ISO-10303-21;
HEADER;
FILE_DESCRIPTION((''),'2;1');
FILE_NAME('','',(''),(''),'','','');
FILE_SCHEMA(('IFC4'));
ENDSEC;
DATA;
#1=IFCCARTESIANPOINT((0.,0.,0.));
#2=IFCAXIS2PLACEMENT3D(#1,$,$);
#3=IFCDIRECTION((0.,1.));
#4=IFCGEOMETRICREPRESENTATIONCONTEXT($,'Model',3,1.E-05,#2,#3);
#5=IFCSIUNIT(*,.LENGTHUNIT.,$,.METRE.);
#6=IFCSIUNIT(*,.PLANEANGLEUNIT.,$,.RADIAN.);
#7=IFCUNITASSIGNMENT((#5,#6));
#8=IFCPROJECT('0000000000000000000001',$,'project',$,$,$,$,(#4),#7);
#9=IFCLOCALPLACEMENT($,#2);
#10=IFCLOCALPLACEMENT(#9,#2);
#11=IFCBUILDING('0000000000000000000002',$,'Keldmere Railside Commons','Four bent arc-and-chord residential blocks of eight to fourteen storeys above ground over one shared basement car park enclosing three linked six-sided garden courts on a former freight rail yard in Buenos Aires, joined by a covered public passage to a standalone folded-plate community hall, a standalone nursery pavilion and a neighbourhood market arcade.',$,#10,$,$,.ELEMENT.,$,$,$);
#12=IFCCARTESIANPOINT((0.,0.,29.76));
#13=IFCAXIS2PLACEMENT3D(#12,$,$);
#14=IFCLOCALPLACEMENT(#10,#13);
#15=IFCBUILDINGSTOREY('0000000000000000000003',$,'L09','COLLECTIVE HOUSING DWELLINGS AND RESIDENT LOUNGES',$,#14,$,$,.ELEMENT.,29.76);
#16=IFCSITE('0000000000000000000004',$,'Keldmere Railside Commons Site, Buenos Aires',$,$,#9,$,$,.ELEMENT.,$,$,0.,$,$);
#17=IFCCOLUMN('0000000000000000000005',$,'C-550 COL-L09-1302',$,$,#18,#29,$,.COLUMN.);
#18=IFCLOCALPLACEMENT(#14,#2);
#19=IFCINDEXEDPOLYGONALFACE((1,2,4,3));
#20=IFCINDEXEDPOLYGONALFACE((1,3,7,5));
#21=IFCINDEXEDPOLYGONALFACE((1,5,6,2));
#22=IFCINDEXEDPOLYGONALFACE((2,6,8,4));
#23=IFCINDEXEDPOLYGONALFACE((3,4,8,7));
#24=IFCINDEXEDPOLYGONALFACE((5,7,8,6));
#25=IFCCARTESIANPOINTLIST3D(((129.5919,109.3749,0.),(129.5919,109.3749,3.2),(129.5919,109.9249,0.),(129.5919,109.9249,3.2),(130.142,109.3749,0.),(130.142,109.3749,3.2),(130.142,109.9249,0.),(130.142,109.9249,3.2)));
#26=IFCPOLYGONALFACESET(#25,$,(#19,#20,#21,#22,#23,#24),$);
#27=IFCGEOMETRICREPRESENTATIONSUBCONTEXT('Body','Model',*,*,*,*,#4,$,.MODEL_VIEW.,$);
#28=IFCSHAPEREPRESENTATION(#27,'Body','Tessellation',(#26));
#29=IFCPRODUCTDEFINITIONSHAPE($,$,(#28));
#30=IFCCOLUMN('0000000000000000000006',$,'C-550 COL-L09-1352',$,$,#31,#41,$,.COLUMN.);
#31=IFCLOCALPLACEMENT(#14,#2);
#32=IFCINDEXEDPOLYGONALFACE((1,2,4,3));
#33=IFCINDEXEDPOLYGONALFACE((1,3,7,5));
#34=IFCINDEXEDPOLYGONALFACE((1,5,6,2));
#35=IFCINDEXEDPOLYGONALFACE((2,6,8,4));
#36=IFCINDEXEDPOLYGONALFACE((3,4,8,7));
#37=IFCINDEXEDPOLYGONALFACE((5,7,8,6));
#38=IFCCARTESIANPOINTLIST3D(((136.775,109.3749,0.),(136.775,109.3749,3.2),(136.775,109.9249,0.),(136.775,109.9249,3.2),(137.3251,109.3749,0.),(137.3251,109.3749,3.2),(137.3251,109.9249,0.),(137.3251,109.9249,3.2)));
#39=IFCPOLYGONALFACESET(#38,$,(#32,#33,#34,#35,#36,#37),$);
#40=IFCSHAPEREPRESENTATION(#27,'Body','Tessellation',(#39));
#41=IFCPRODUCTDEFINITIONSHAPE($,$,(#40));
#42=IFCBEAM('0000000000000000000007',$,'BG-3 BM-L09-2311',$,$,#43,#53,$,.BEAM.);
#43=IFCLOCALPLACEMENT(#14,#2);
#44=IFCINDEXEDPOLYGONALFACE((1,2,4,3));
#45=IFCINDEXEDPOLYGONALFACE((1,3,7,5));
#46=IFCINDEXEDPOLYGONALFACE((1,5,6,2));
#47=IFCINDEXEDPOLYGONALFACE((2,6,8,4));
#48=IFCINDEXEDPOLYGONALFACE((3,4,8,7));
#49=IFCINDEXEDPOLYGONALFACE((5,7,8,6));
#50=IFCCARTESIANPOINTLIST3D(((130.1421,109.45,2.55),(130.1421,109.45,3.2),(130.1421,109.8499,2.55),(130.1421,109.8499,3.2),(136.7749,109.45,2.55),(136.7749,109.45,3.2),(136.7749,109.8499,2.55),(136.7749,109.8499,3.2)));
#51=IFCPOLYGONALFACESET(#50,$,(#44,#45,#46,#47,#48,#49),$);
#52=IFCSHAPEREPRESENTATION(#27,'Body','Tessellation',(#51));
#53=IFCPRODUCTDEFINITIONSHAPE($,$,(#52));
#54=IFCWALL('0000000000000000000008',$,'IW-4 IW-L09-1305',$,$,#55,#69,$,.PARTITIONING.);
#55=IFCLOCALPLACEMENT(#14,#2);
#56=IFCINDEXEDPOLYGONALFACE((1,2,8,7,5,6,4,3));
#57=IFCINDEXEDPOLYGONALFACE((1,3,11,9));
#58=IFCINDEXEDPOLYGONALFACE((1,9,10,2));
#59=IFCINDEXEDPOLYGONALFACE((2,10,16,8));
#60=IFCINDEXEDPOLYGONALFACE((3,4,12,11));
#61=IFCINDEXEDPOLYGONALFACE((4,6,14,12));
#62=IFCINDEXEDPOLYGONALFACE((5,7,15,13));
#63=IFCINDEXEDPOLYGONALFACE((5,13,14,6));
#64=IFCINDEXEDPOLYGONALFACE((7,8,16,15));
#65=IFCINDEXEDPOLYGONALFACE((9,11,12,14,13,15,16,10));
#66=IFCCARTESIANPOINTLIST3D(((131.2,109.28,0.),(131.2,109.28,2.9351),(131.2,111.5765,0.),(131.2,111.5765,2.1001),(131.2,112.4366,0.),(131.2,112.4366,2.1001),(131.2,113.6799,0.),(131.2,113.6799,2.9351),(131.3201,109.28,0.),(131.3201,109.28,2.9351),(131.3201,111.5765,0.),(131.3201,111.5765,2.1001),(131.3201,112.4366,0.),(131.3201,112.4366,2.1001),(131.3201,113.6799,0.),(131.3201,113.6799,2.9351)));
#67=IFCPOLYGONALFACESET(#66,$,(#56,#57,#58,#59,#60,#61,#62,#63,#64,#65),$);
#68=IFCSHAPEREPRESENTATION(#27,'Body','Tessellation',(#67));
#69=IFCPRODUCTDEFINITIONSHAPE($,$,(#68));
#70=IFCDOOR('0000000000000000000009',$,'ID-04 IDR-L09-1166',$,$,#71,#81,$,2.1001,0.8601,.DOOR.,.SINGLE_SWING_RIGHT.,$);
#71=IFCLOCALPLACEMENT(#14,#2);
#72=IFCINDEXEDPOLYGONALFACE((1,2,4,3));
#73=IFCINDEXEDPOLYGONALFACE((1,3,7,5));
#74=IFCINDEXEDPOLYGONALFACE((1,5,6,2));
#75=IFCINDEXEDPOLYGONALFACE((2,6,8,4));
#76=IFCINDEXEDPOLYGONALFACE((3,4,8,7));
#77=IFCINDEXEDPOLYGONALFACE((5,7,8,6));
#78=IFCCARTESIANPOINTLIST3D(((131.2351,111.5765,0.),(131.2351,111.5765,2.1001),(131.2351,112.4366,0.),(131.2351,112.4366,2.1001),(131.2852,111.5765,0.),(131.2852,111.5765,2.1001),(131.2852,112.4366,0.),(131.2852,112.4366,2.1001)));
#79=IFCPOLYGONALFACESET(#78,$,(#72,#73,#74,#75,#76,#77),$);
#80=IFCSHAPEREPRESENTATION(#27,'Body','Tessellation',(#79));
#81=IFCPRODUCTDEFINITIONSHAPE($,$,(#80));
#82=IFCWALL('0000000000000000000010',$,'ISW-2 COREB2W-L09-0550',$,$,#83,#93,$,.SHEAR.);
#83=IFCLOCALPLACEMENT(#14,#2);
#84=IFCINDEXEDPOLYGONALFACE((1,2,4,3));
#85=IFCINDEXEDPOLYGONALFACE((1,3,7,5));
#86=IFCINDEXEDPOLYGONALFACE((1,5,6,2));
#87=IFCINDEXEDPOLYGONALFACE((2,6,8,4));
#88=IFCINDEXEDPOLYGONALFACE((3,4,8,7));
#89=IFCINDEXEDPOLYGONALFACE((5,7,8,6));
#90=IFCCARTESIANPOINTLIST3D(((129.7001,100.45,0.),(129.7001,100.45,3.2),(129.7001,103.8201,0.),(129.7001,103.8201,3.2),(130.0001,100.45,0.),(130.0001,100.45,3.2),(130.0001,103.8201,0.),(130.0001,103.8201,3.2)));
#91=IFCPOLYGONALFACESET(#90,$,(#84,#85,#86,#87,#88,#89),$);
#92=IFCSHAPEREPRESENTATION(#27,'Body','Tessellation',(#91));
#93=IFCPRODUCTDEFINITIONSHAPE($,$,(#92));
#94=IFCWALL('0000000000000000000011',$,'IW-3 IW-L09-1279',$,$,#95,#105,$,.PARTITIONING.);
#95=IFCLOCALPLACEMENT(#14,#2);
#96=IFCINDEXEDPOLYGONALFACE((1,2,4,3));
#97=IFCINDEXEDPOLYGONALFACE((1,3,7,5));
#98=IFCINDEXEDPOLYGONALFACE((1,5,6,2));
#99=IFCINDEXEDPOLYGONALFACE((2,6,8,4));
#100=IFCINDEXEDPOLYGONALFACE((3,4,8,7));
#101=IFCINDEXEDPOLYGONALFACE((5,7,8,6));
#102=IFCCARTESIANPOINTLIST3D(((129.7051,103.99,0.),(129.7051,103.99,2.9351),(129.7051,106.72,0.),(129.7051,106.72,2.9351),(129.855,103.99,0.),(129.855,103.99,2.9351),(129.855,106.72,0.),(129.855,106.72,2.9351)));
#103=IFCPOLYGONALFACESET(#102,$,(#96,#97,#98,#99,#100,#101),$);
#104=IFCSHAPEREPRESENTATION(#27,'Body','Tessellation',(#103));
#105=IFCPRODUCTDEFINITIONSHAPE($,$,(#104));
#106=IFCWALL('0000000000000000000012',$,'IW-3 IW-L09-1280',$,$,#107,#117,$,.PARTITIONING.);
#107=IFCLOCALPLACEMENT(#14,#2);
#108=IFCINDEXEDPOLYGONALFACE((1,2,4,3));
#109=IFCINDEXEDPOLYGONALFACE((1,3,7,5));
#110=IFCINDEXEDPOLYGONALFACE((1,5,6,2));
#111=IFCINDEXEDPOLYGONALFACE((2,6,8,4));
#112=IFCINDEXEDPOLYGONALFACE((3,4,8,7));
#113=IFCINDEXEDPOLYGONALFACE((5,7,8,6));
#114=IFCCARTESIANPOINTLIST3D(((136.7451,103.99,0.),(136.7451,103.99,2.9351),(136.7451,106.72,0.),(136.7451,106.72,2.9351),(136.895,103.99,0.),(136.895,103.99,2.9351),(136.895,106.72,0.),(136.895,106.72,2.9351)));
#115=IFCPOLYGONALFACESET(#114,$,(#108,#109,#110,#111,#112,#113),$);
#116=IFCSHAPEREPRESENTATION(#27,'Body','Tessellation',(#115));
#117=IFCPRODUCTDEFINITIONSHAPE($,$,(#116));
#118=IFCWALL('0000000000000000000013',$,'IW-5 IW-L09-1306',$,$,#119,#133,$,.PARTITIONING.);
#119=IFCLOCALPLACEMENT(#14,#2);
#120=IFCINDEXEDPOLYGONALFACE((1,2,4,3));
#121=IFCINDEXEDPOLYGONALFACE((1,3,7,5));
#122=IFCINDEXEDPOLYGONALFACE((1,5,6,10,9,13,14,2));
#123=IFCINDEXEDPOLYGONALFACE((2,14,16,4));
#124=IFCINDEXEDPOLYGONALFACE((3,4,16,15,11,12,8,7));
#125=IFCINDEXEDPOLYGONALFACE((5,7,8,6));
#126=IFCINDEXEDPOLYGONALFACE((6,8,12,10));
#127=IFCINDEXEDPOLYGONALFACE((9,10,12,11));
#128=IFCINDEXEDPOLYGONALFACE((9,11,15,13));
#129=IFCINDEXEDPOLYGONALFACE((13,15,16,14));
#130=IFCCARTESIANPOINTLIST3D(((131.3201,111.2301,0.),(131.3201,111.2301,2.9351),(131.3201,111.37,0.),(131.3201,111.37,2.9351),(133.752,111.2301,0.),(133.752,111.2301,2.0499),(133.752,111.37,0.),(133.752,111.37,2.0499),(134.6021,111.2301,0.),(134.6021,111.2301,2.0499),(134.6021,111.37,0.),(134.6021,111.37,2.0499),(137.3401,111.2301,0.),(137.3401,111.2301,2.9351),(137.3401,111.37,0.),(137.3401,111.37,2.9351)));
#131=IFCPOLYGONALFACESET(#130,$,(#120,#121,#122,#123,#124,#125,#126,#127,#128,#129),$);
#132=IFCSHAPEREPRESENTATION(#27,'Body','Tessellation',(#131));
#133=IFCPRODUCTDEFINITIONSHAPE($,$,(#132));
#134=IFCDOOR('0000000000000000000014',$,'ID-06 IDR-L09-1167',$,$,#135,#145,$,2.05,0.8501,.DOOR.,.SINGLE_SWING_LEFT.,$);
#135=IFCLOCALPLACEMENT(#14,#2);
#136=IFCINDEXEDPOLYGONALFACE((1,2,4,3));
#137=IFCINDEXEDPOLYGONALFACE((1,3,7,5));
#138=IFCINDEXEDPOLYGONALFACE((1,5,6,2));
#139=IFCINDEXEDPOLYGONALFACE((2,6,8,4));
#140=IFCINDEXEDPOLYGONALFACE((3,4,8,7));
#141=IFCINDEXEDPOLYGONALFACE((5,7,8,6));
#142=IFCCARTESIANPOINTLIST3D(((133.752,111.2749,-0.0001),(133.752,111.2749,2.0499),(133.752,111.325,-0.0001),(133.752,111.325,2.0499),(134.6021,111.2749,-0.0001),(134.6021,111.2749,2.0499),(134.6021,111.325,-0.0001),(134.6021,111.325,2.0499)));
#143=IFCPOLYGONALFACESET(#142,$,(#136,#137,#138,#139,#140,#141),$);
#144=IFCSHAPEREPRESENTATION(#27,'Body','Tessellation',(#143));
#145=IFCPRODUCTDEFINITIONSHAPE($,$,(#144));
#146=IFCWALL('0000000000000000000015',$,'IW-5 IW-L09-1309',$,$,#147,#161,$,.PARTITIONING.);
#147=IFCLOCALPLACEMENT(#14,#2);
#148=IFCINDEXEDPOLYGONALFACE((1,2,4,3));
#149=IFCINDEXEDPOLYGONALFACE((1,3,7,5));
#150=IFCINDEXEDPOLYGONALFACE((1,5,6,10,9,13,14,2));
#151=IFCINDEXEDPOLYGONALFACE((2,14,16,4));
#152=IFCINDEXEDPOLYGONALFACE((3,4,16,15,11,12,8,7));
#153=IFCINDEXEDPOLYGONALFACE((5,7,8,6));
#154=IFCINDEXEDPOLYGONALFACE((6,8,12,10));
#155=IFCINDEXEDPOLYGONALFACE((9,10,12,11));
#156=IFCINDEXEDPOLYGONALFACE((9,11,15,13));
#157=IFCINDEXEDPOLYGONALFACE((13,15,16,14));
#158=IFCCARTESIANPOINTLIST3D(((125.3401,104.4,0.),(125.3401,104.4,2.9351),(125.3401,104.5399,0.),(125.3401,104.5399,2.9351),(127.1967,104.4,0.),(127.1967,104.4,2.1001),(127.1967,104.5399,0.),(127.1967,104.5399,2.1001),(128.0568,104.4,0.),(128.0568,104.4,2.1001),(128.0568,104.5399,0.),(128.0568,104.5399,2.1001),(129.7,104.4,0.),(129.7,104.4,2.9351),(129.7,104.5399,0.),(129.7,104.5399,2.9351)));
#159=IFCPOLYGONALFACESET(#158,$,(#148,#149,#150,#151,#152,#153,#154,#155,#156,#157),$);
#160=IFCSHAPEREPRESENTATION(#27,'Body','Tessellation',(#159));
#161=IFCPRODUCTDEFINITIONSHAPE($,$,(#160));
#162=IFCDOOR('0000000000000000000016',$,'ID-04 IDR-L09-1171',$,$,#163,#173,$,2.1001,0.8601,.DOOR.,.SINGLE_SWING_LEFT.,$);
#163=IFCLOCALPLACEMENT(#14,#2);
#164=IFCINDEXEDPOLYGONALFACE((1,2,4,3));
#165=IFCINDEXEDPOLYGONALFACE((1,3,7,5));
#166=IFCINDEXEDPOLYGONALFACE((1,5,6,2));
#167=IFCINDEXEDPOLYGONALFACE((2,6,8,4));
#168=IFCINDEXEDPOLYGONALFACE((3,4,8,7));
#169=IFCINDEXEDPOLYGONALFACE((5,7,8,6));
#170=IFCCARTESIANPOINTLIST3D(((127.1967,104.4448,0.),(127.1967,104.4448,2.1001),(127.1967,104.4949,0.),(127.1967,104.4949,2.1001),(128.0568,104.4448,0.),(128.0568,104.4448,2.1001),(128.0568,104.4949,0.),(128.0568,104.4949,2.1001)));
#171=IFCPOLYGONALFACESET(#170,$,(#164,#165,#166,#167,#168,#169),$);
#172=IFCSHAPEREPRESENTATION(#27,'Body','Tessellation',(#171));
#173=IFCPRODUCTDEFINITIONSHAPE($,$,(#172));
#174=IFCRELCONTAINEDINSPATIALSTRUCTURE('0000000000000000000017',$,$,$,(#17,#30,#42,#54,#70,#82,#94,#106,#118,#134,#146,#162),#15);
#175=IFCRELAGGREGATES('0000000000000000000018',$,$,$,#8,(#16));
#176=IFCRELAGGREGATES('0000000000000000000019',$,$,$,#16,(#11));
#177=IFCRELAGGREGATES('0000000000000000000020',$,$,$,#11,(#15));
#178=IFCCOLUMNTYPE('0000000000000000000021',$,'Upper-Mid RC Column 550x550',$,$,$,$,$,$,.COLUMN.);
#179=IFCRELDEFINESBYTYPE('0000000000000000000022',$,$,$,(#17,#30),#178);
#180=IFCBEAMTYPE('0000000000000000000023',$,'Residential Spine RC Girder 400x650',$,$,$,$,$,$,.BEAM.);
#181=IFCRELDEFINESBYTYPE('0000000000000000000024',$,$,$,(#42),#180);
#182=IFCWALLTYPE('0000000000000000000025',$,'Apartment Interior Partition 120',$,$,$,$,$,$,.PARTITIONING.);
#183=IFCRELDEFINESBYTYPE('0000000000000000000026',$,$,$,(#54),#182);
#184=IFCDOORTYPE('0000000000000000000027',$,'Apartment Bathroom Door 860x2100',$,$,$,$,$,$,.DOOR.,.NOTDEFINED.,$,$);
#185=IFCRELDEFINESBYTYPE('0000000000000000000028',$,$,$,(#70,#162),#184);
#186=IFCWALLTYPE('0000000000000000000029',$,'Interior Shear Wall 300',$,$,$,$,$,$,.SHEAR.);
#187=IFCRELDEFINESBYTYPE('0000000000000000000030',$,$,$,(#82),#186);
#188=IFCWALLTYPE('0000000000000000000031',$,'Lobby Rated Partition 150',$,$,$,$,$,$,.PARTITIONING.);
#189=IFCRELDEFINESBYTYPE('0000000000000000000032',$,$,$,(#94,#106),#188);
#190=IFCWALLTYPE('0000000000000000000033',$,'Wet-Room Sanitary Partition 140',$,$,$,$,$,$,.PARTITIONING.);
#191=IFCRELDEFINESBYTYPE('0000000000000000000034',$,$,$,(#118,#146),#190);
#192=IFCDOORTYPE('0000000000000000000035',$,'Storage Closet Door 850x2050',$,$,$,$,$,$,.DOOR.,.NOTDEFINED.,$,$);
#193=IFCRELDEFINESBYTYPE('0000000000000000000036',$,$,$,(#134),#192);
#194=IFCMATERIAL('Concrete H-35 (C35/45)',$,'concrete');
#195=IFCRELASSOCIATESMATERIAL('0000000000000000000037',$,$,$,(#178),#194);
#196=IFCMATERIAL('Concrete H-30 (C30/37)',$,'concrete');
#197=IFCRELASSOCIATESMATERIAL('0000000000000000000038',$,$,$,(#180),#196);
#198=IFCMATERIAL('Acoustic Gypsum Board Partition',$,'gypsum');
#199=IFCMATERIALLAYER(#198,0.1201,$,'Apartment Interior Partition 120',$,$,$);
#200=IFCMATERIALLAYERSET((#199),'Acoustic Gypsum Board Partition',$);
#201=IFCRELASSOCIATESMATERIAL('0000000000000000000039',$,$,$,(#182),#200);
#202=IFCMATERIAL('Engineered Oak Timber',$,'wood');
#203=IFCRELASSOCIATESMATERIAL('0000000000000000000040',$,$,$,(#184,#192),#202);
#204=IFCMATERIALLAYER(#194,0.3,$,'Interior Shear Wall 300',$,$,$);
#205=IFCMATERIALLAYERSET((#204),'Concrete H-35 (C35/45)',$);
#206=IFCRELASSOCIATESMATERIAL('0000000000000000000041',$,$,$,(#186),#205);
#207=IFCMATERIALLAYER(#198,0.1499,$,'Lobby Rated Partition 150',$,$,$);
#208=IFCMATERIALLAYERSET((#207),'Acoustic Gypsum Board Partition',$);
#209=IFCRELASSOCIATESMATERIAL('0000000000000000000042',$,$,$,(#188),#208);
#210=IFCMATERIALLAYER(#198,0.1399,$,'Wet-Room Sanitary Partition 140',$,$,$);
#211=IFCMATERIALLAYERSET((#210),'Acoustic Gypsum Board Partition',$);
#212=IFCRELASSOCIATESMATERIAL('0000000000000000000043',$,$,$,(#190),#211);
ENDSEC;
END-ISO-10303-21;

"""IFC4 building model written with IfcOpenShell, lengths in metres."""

from ifc_helpers import new_model, si_unit, direction, frame, frame_2d, origin, origin_2d, place, context, subcontext, project, spatial, rectangle, extrude, material, layer, layer_set, material_profile, profile_set, type_object, element, fill, save


model = new_model("IFC4")

# Units and contexts
model_context = context("Model", 3, precision=1e-05, world=origin(), true_north=direction((0.0, 1.0)))
body_context = subcontext(model_context, "Body", "Model", "MODEL_VIEW")
ifc_project = project(units=[si_unit("LENGTHUNIT", "METRE"), si_unit("PLANEANGLEUNIT", "RADIAN")], contexts=[model_context])

# Site, building, storey
site_placement = place(None, origin())
site = spatial("IfcSite", under=ifc_project, at=site_placement, Name="Keldmere Railside Commons Site, Buenos Aires", CompositionType="ELEMENT", RefElevation=0.0)
building_placement = place(site_placement, origin())
building = spatial("IfcBuilding", under=site, at=building_placement, Name="Keldmere Railside Commons", Description="Four bent arc-and-chord residential blocks of eight to fourteen storeys above ground over one shared basement car park enclosing three linked six-sided garden courts on a former freight rail yard in Buenos Aires, joined by a covered public passage to a standalone folded-plate community hall, a standalone nursery pavilion and a neighbourhood market arcade.", CompositionType="ELEMENT")
storey_placement = place(building_placement, frame((0.0, 0.0, 29.76)))
storey = spatial("IfcBuildingStorey", under=building, at=storey_placement, Name="L09", Description="COLLECTIVE HOUSING DWELLINGS AND RESIDENT LOUNGES", CompositionType="ELEMENT", Elevation=29.76)

# Columns
ifc_material_1 = material(Name="Concrete H-35 (C35/45)", Category="concrete")
ifc_material_profile_1 = material_profile(ifc_material_1, rectangle(XDim=0.55, YDim=0.55, at=origin_2d()), Name="RC-550x550")
ifc_profile_set_1 = profile_set([ifc_material_profile_1], Name="Concrete H-35 (C35/45)")
column_type = type_object("IfcColumnType", Name="Upper-Mid RC Column 550x550", PredefinedType="COLUMN", material=ifc_profile_set_1)
for number, where, z_axis, x_axis, name in (
    (1, (129.8669, 109.6499, 0.0), (0.0, 0.0, 1.0), (1.0, 0.0, 0.0), "C-550 COL-L09-1302"),
    (2, (137.05, 109.6499, 0.0), (0.0, 0.0, 1.0), (1.0, 0.0, 0.0), "C-550 COL-L09-1352"),
):
    element("IfcColumn", number, at=place(storey_placement, frame(where, z_axis=z_axis, x_axis=x_axis)), inside=storey, type_object=column_type, Name=name, PredefinedType="COLUMN", context=body_context, shape_type="SweptSolid", body=[
        extrude(rectangle(XDim=0.55, YDim=0.55, at=origin_2d()), origin(), (0.0, 0.0, 1.0), 3.2),
    ])

# Beam
ifc_material_2 = material(Name="Concrete H-30 (C30/37)", Category="concrete")
ifc_material_profile_2 = material_profile(ifc_material_2, rectangle(XDim=0.3999, YDim=0.6499, at=origin_2d()), Name="RC-400x650")
ifc_profile_set_2 = profile_set([ifc_material_profile_2], Name="Concrete H-30 (C30/37)")
beam_type = type_object("IfcBeamType", Name="Residential Spine RC Girder 400x650", PredefinedType="BEAM", material=ifc_profile_set_2)
beam_placement = place(storey_placement, frame((130.1421, 109.6499, 2.875), z_axis=(1.0, 0.0, 0.0), x_axis=(0.0, 1.0, 0.0)))
element("IfcBeam", 3, at=beam_placement, inside=storey, type_object=beam_type, Name="BG-3 BM-L09-2311", PredefinedType="BEAM", context=body_context, shape_type="SweptSolid", body=[
    extrude(rectangle(XDim=0.3999, YDim=0.6499, at=origin_2d()), origin(), (0.0, 0.0, 1.0), 6.6328),
])

# Wall, opening, door
ifc_material_3 = material(Name="Acoustic Gypsum Board Partition", Category="gypsum")
ifc_layer_1 = layer(ifc_material_3, 0.1201, Name="Apartment Interior Partition 120")
ifc_layer_set_1 = layer_set([ifc_layer_1], Name="Acoustic Gypsum Board Partition")
wall_type_1 = type_object("IfcWallType", Name="Apartment Interior Partition 120", PredefinedType="PARTITIONING", material=ifc_layer_set_1)
wall_1_placement = place(storey_placement, frame((131.26, 109.28, 0.0), z_axis=(0.0, 0.0, 1.0), x_axis=(0.0, 1.0, 0.0)))
wall_1 = element("IfcWall", 4, at=wall_1_placement, inside=storey, type_object=wall_type_1, Name="IW-4 IW-L09-1305", PredefinedType="PARTITIONING", context=body_context, shape_type="SweptSolid", body=[
    extrude(rectangle(XDim=4.3999, YDim=0.1201, at=frame_2d((2.2, 0.0))), origin(), (0.0, 0.0, 1.0), 2.9351),
])
opening_1_placement = place(wall_1_placement, frame((2.2964, 0.0, 0.0)))
opening_1 = element("IfcOpeningElement", 5, at=opening_1_placement, cuts=wall_1, PredefinedType="OPENING", context=body_context, shape_type="SweptSolid", body=[
    extrude(rectangle(XDim=0.8601, YDim=2.1001, at=frame_2d((0.4302, 1.05))), frame((0.0, 0.0701, 0.0), z_axis=(0.0, -1.0, 0.0), x_axis=(1.0, 0.0, 0.0)), (0.0, 0.0, 1.0), 0.1401),
])
ifc_material_4 = material(Name="Engineered Oak Timber", Category="wood")
door_type_1 = type_object("IfcDoorType", Name="Apartment Bathroom Door 860x2100", OperationType="NOTDEFINED", PredefinedType="DOOR", material=ifc_material_4)
door_1_placement = place(opening_1_placement, origin())
door_1 = element("IfcDoor", 6, at=door_1_placement, inside=storey, type_object=door_type_1, Name="ID-04 IDR-L09-1166", OperationType="SINGLE_SWING_RIGHT", OverallHeight=2.1001, OverallWidth=0.8601, PredefinedType="DOOR", context=body_context, shape_type="SweptSolid", body=[
    extrude(rectangle(XDim=0.8601, YDim=2.1001, at=frame_2d((0.4302, 1.05))), frame((0.0, 0.0249, 0.0), z_axis=(0.0, -1.0, 0.0), x_axis=(1.0, 0.0, 0.0)), (0.0, 0.0, 1.0), 0.05),
])
fill(opening_1, door_1)

# Wall
ifc_layer_2 = layer(ifc_material_1, 0.3, Name="Interior Shear Wall 300")
ifc_layer_set_2 = layer_set([ifc_layer_2], Name="Concrete H-35 (C35/45)")
wall_type_2 = type_object("IfcWallType", Name="Interior Shear Wall 300", PredefinedType="SHEAR", material=ifc_layer_set_2)
wall_2_placement = place(storey_placement, frame((129.8501, 103.8201, 0.0), z_axis=(0.0, 0.0, 1.0), x_axis=(0.0, -1.0, 0.0)))
element("IfcWall", 7, at=wall_2_placement, inside=storey, type_object=wall_type_2, Name="ISW-2 COREB2W-L09-0550", PredefinedType="SHEAR", context=body_context, shape_type="SweptSolid", body=[
    extrude(rectangle(XDim=3.3701, YDim=0.3, at=frame_2d((1.6851, 0.0))), origin(), (0.0, 0.0, 1.0), 3.2),
])

# Walls
ifc_layer_3 = layer(ifc_material_3, 0.1499, Name="Lobby Rated Partition 150")
ifc_layer_set_3 = layer_set([ifc_layer_3], Name="Acoustic Gypsum Board Partition")
wall_type_3 = type_object("IfcWallType", Name="Lobby Rated Partition 150", PredefinedType="PARTITIONING", material=ifc_layer_set_3)
for number, where, z_axis, x_axis, name in (
    (8, (129.78, 103.99, 0.0), (0.0, 0.0, 1.0), (0.0, 1.0, 0.0), "IW-3 IW-L09-1279"),
    (9, (136.8201, 103.99, 0.0), (0.0, 0.0, 1.0), (0.0, 1.0, 0.0), "IW-3 IW-L09-1280"),
):
    element("IfcWall", number, at=place(storey_placement, frame(where, z_axis=z_axis, x_axis=x_axis)), inside=storey, type_object=wall_type_3, Name=name, PredefinedType="PARTITIONING", context=body_context, shape_type="SweptSolid", body=[
        extrude(rectangle(XDim=2.73, YDim=0.1499, at=frame_2d((1.365, 0.0))), origin(), (0.0, 0.0, 1.0), 2.9351),
    ])

# Walls, openings, doors
ifc_layer_4 = layer(ifc_material_3, 0.1399, Name="Wet-Room Sanitary Partition 140")
ifc_layer_set_4 = layer_set([ifc_layer_4], Name="Acoustic Gypsum Board Partition")
wall_type_4 = type_object("IfcWallType", Name="Wet-Room Sanitary Partition 140", PredefinedType="PARTITIONING", material=ifc_layer_set_4)
wall_3_placement = place(storey_placement, frame((131.3201, 111.3, 0.0), z_axis=(0.0, 0.0, 1.0), x_axis=(1.0, 0.0, 0.0)))
wall_3 = element("IfcWall", 10, at=wall_3_placement, inside=storey, type_object=wall_type_4, Name="IW-5 IW-L09-1306", PredefinedType="PARTITIONING", context=body_context, shape_type="SweptSolid", body=[
    extrude(rectangle(XDim=6.02, YDim=0.1399, at=frame_2d((3.01, 0.0))), origin(), (0.0, 0.0, 1.0), 2.9351),
])
opening_2_placement = place(wall_3_placement, frame((2.4319, 0.0, 0.0)))
opening_2 = element("IfcOpeningElement", 11, at=opening_2_placement, cuts=wall_3, PredefinedType="OPENING", context=body_context, shape_type="SweptSolid", body=[
    extrude(rectangle(XDim=0.8501, YDim=2.05, at=frame_2d((0.425, 1.0249))), frame((0.0, 0.0798, 0.0), z_axis=(0.0, -1.0, 0.0), x_axis=(1.0, 0.0, 0.0)), (0.0, 0.0, 1.0), 0.1599),
])
door_type_2 = type_object("IfcDoorType", Name="Storage Closet Door 850x2050", OperationType="NOTDEFINED", PredefinedType="DOOR", material=ifc_material_4)
door_2_placement = place(opening_2_placement, origin())
door_2 = element("IfcDoor", 12, at=door_2_placement, inside=storey, type_object=door_type_2, Name="ID-06 IDR-L09-1167", OperationType="SINGLE_SWING_LEFT", OverallHeight=2.05, OverallWidth=0.8501, PredefinedType="DOOR", context=body_context, shape_type="SweptSolid", body=[
    extrude(rectangle(XDim=0.8501, YDim=2.05, at=frame_2d((0.425, 1.0249))), frame((0.0, 0.0249, 0.0), z_axis=(0.0, -1.0, 0.0), x_axis=(1.0, 0.0, 0.0)), (0.0, 0.0, 1.0), 0.05),
])
fill(opening_2, door_2)
wall_4_placement = place(storey_placement, frame((125.3401, 104.47, 0.0), z_axis=(0.0, 0.0, 1.0), x_axis=(1.0, 0.0, 0.0)))
wall_4 = element("IfcWall", 13, at=wall_4_placement, inside=storey, type_object=wall_type_4, Name="IW-5 IW-L09-1309", PredefinedType="PARTITIONING", context=body_context, shape_type="SweptSolid", body=[
    extrude(rectangle(XDim=4.3599, YDim=0.1399, at=frame_2d((2.1799, 0.0))), origin(), (0.0, 0.0, 1.0), 2.9351),
])
opening_3_placement = place(wall_4_placement, frame((1.8564, 0.0, 0.0)))
opening_3 = element("IfcOpeningElement", 14, at=opening_3_placement, cuts=wall_4, PredefinedType="OPENING", context=body_context, shape_type="SweptSolid", body=[
    extrude(rectangle(XDim=0.8601, YDim=2.1001, at=frame_2d((0.4302, 1.05))), frame((0.0, 0.0798, 0.0), z_axis=(0.0, -1.0, 0.0), x_axis=(1.0, 0.0, 0.0)), (0.0, 0.0, 1.0), 0.1599),
])
door_3_placement = place(opening_3_placement, origin())
door_3 = element("IfcDoor", 15, at=door_3_placement, inside=storey, type_object=door_type_1, Name="ID-04 IDR-L09-1171", OperationType="SINGLE_SWING_LEFT", OverallHeight=2.1001, OverallWidth=0.8601, PredefinedType="DOOR", context=body_context, shape_type="SweptSolid", body=[
    extrude(rectangle(XDim=0.8601, YDim=2.1001, at=frame_2d((0.4302, 1.05))), frame((0.0, 0.0249, 0.0), z_axis=(0.0, -1.0, 0.0), x_axis=(1.0, 0.0, 0.0)), (0.0, 0.0, 1.0), 0.05),
])
fill(opening_3, door_3)

save(model, "model.ifc")
